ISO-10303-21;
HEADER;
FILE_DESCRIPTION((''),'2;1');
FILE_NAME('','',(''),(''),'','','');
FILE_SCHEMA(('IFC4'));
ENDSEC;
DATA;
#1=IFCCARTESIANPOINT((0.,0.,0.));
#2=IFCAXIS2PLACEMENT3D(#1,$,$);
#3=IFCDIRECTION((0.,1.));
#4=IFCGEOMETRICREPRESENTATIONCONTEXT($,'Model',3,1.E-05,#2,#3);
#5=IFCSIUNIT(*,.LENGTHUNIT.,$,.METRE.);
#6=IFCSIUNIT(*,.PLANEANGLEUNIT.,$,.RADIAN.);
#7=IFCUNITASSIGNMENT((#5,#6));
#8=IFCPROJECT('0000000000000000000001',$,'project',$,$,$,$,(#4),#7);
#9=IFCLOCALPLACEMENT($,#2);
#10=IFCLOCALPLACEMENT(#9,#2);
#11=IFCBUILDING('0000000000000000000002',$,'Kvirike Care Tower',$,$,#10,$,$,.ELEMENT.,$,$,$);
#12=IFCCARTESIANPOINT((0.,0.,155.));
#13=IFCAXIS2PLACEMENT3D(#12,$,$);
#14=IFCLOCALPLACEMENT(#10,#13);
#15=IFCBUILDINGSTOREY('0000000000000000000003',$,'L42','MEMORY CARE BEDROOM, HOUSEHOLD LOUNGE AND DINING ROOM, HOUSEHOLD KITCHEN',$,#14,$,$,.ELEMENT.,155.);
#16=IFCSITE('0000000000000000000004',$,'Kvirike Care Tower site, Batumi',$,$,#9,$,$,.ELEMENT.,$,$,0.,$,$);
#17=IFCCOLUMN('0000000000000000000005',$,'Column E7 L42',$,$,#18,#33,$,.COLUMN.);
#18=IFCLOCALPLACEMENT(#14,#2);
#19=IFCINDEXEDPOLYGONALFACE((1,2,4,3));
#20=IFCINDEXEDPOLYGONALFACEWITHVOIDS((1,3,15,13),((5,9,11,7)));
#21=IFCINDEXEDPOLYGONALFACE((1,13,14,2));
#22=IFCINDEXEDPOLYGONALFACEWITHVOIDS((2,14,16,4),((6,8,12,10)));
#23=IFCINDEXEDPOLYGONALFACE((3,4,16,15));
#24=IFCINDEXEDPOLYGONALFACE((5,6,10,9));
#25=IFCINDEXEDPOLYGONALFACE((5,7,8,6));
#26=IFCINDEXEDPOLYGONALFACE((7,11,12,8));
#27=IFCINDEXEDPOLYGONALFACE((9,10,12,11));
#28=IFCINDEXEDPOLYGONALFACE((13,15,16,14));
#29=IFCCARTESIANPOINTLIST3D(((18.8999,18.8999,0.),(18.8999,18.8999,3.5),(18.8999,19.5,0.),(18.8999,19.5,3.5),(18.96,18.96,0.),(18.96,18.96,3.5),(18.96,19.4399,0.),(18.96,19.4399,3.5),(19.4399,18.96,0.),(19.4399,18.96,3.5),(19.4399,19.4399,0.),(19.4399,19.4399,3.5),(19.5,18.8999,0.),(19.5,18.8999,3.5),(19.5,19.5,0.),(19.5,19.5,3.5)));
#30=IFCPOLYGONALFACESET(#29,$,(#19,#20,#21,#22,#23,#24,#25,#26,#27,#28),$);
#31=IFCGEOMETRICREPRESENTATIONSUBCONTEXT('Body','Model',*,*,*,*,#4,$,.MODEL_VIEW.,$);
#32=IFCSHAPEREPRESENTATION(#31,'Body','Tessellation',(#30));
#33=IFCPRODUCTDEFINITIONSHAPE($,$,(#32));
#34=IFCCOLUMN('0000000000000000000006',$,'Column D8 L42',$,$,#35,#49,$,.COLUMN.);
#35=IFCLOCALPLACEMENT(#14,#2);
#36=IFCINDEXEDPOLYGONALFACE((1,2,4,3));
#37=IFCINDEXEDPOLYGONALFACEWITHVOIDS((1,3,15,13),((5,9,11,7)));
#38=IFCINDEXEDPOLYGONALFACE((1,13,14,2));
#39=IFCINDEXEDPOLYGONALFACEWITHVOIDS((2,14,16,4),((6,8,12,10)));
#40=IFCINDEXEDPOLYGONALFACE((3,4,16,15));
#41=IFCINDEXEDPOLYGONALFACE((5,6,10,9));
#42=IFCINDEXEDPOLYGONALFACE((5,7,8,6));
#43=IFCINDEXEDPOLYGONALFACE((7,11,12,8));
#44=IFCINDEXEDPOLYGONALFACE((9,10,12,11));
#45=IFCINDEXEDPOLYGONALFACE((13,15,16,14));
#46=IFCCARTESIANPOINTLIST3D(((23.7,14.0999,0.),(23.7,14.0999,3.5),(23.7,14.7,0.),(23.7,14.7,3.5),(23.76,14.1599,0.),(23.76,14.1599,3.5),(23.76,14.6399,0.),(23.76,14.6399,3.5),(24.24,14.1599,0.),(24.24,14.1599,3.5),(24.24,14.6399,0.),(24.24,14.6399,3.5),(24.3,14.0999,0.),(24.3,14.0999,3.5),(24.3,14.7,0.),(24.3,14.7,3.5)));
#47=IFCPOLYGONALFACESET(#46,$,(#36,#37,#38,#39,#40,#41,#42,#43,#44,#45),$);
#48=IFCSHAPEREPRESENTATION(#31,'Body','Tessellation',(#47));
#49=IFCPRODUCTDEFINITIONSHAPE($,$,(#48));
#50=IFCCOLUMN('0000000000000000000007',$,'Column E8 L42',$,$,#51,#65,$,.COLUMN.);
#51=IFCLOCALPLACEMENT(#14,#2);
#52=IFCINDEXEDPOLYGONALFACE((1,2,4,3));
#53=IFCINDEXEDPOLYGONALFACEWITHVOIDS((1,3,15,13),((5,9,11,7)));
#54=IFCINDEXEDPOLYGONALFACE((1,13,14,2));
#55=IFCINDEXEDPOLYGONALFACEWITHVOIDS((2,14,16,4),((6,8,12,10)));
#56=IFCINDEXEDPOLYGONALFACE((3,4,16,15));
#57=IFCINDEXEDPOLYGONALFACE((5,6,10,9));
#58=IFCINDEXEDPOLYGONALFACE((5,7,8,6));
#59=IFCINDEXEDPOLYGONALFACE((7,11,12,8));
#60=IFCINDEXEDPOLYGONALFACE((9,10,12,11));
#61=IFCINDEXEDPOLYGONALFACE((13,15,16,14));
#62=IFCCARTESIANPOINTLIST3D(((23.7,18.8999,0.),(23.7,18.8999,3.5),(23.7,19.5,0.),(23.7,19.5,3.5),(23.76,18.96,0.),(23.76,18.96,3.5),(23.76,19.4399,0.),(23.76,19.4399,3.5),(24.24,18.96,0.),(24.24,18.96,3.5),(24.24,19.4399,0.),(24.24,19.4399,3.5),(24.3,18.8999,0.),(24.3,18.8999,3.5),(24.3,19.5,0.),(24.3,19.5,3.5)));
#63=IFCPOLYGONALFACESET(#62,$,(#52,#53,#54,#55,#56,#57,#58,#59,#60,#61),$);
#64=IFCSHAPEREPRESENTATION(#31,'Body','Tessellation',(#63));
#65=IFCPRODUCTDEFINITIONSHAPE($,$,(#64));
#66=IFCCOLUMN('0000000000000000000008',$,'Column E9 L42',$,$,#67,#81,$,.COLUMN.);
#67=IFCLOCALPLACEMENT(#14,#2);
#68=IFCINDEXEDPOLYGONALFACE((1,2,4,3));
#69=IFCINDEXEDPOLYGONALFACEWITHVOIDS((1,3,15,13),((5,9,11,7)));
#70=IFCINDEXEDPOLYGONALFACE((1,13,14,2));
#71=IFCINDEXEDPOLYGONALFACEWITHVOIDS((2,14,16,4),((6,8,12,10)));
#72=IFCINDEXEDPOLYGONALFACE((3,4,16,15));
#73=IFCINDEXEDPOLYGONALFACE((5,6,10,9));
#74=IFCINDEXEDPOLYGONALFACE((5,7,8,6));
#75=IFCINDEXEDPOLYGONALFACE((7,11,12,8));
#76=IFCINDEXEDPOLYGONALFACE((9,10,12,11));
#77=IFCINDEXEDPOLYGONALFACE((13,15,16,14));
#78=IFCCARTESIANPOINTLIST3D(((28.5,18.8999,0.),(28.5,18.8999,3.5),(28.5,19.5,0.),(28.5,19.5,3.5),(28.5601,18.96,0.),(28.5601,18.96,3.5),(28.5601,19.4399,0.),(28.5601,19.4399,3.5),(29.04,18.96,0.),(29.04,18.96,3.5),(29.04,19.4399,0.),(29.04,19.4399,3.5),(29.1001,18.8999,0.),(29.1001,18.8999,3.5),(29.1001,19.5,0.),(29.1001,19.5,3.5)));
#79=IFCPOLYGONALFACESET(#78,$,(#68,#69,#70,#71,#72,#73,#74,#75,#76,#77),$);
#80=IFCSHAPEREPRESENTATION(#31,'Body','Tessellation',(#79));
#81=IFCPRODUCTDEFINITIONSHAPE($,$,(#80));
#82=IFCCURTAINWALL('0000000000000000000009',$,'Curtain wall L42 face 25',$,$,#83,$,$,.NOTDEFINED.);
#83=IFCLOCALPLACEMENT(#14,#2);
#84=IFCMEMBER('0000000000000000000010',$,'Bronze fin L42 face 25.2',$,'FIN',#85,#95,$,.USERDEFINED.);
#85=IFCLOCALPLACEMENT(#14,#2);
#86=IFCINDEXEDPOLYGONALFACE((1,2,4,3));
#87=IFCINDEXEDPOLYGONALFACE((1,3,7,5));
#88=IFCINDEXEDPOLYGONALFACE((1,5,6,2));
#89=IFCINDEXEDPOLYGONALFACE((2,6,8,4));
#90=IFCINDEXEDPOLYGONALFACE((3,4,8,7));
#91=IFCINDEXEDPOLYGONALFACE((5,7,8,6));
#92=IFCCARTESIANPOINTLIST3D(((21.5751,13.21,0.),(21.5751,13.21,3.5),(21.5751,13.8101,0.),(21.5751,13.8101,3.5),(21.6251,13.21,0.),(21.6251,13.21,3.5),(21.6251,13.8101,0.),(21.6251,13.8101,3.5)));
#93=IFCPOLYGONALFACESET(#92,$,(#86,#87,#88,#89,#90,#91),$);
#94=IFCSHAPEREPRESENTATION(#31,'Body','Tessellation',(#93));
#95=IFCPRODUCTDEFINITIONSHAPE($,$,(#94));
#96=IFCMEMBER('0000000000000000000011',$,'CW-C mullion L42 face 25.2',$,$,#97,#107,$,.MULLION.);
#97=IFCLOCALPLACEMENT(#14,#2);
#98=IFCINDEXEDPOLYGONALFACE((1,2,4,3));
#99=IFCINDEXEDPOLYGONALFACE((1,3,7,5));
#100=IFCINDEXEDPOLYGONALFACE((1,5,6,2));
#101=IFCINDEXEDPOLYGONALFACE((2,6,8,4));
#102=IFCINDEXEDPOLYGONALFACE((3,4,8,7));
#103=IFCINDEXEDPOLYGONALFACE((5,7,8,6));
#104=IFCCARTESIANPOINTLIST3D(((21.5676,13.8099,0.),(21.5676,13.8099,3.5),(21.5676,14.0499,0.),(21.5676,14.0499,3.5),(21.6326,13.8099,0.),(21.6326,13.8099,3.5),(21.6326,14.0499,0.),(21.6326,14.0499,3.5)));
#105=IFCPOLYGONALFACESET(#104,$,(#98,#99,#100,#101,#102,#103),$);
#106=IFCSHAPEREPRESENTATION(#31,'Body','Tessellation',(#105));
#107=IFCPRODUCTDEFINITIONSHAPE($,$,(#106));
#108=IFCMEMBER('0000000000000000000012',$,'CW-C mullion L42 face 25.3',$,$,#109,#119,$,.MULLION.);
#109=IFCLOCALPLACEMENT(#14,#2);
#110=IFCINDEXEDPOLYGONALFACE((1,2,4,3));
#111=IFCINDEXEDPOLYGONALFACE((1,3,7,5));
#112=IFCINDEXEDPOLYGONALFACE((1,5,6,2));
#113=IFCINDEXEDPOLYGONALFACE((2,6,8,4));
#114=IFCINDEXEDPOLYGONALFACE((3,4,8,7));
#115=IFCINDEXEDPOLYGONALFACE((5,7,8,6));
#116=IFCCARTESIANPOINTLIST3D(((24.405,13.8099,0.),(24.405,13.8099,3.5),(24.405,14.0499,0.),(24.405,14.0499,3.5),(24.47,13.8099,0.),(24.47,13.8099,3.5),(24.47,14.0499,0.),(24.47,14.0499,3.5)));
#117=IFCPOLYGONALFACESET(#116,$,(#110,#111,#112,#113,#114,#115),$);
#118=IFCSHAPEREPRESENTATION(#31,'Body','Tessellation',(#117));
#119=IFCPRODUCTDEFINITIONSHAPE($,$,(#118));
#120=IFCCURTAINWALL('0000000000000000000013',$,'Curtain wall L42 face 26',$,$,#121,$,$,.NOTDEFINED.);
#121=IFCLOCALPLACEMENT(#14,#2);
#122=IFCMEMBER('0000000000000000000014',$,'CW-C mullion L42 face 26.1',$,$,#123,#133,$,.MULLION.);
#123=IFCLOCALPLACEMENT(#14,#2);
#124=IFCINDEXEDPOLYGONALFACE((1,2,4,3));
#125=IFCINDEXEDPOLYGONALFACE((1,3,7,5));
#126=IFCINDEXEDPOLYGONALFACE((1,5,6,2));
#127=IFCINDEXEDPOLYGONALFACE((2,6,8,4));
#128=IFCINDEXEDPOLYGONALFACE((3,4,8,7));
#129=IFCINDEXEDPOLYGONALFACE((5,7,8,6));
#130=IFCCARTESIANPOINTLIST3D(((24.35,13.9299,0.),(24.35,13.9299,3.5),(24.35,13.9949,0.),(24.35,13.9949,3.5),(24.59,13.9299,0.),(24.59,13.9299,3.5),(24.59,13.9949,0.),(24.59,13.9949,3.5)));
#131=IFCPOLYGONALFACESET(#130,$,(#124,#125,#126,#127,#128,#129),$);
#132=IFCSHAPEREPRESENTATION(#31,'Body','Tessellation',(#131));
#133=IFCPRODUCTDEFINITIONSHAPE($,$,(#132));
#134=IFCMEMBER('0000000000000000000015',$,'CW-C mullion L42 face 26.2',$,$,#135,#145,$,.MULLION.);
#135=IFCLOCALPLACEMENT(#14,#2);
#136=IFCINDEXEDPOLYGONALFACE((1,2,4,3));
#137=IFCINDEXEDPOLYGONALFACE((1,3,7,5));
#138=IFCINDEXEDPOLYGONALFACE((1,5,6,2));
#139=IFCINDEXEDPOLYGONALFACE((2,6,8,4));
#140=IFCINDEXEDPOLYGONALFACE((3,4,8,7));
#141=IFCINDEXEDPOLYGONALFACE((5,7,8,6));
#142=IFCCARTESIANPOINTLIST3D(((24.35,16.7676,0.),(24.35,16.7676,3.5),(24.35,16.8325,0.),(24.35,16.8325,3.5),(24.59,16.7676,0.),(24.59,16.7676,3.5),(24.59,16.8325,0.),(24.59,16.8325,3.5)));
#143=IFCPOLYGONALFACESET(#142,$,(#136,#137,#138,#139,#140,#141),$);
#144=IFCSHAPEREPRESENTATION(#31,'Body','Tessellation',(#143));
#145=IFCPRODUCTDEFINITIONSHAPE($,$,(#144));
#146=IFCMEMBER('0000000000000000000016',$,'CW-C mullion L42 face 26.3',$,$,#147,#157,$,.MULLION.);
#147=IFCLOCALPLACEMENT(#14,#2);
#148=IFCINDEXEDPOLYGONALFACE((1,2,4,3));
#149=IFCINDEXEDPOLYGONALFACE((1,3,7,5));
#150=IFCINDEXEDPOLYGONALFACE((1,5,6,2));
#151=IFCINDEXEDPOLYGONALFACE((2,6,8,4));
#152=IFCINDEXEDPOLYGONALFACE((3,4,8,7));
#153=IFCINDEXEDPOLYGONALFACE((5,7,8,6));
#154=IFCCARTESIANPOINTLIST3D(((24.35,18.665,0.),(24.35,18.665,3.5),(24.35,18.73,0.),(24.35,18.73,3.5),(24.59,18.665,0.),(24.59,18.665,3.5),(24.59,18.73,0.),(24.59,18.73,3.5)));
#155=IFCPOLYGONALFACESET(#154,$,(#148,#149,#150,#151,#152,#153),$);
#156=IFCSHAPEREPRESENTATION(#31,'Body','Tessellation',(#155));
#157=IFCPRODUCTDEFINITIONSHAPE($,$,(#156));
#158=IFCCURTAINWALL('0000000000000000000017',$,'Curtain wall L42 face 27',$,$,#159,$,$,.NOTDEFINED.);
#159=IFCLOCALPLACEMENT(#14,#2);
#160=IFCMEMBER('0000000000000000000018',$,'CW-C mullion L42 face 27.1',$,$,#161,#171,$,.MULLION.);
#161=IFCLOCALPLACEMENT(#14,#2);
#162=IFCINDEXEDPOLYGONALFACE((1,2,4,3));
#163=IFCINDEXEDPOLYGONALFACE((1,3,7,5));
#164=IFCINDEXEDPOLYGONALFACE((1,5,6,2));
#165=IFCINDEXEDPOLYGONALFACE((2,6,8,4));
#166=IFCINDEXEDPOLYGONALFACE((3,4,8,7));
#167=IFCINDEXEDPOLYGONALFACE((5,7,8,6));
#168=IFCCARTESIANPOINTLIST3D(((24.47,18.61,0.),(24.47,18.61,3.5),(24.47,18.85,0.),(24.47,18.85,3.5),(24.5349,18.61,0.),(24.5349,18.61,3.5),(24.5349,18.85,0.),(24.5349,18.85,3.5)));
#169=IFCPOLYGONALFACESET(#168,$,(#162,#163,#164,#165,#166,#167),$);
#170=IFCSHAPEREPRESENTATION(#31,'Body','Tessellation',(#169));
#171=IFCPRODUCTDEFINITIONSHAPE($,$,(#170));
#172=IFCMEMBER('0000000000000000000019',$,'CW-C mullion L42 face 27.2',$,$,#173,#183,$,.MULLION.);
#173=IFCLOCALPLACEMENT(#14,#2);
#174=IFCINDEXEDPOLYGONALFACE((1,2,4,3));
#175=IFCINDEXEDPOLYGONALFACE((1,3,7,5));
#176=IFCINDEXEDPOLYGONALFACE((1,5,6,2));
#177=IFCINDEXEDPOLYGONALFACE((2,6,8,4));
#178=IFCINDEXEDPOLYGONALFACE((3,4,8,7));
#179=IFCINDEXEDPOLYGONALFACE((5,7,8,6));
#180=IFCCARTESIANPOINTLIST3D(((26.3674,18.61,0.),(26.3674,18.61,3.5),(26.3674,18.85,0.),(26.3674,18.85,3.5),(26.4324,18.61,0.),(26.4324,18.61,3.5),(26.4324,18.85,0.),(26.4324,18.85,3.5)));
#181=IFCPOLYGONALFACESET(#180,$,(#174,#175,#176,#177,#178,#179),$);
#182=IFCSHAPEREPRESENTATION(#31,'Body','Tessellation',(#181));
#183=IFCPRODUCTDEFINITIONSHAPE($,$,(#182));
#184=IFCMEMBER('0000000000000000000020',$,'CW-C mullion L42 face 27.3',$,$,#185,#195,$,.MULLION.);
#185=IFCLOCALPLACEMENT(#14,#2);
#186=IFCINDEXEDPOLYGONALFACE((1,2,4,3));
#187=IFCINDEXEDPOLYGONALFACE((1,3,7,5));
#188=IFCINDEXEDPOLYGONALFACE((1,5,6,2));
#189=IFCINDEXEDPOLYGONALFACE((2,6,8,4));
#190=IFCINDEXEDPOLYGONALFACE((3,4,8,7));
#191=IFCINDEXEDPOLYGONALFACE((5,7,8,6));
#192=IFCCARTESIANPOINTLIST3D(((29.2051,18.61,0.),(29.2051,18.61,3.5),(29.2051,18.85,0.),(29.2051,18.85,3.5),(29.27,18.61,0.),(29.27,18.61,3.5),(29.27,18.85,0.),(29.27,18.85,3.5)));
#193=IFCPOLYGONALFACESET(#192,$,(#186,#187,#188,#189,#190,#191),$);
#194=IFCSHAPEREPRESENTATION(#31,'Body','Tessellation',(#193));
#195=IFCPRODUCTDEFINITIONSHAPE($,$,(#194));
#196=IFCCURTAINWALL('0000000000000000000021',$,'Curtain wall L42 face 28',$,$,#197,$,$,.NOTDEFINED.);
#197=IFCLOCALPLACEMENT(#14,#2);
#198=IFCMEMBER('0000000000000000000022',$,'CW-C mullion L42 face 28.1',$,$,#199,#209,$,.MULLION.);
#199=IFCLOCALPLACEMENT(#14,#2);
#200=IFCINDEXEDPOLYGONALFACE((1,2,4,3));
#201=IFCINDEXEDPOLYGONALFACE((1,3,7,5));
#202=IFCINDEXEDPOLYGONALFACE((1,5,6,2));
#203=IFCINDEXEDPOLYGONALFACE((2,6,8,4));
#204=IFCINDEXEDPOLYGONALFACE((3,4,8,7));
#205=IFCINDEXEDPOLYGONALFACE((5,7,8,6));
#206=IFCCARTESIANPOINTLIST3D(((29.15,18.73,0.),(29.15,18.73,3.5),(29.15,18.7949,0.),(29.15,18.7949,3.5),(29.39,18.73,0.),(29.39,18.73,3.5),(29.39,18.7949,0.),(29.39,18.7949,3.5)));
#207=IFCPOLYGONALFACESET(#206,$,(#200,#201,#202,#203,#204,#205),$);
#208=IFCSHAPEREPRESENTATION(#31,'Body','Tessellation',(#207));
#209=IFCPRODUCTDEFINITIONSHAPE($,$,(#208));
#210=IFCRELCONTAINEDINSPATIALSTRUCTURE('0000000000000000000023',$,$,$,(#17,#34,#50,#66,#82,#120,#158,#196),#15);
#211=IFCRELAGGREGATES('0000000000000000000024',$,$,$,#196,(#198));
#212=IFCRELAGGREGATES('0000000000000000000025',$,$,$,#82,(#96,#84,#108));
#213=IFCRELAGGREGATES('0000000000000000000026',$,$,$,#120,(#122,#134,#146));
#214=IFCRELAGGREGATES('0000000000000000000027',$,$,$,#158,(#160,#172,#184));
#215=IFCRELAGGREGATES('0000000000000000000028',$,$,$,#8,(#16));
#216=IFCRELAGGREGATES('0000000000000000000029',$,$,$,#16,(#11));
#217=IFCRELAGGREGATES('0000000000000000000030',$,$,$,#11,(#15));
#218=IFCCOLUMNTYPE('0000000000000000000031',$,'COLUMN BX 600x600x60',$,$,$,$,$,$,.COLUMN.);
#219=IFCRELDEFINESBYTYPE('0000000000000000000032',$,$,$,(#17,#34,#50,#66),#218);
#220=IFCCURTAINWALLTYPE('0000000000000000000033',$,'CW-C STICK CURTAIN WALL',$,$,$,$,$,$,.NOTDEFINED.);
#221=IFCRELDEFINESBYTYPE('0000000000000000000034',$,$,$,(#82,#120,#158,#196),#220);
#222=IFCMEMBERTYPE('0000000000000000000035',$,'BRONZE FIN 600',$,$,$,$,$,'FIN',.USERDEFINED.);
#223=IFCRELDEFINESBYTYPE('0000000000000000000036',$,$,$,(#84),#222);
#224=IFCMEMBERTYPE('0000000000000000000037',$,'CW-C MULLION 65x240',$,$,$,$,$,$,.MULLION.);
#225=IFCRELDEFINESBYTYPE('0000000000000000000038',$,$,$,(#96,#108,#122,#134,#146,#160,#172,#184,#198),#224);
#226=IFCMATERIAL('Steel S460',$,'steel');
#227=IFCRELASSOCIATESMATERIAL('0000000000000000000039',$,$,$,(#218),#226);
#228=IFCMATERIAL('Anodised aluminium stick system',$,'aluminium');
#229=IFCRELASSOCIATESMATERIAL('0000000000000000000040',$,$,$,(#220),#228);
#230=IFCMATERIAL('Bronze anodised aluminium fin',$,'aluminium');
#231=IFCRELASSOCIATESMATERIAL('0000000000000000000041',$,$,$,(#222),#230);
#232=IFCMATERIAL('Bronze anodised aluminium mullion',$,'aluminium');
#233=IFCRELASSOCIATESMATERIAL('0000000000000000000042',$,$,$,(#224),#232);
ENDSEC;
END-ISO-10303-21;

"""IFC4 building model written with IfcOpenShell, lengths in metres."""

from ifc_helpers import new_model, si_unit, direction, frame, origin, origin_2d, place, context, subcontext, project, spatial, rectangle, hollow_rectangle, extrude, material, material_profile, profile_set, type_object, element, aggregate, save


model = new_model("IFC4")

# Units and contexts
model_context = context("Model", 3, precision=1e-05, world=origin(), true_north=direction((0.0, 1.0)))
body_context = subcontext(model_context, "Body", "Model", "MODEL_VIEW")
ifc_project = project(units=[si_unit("LENGTHUNIT", "METRE"), si_unit("PLANEANGLEUNIT", "RADIAN")], contexts=[model_context])

# Site, building, storey
site_placement = place(None, origin())
site = spatial("IfcSite", under=ifc_project, at=site_placement, Name="Kvirike Care Tower site, Batumi", CompositionType="ELEMENT", RefElevation=0.0)
building_placement = place(site_placement, origin())
building = spatial("IfcBuilding", under=site, at=building_placement, Name="Kvirike Care Tower", CompositionType="ELEMENT")
storey_placement = place(building_placement, frame((0.0, 0.0, 155.0)))
storey = spatial("IfcBuildingStorey", under=building, at=storey_placement, Name="L42", Description="MEMORY CARE BEDROOM, HOUSEHOLD LOUNGE AND DINING ROOM, HOUSEHOLD KITCHEN", CompositionType="ELEMENT", Elevation=155.0)

# Columns
ifc_material_1 = material(Name="Steel S460", Category="steel")
ifc_material_profile_1 = material_profile(ifc_material_1, hollow_rectangle(XDim=0.6001, YDim=0.6001, WallThickness=0.0601, at=origin_2d()), Name="BX 600x600x60")
ifc_profile_set_1 = profile_set([ifc_material_profile_1], Name="Steel S460")
column_type = type_object("IfcColumnType", Name="COLUMN BX 600x600x60", PredefinedType="COLUMN", material=ifc_profile_set_1)
for number, where, z_axis, x_axis, name in (
    (1, (19.2, 19.2, 0.0), (0.0, 0.0, 1.0), (0.0, 1.0, 0.0), "Column E7 L42"),
    (2, (24.0, 14.3999, 0.0), (0.0, 0.0, 1.0), (0.0, 1.0, 0.0), "Column D8 L42"),
    (3, (24.0, 19.2, 0.0), (0.0, 0.0, 1.0), (0.0, 1.0, 0.0), "Column E8 L42"),
    (4, (28.8, 19.2, 0.0), (0.0, 0.0, 1.0), (0.0, 1.0, 0.0), "Column E9 L42"),
):
    element("IfcColumn", number, at=place(storey_placement, frame(where, z_axis=z_axis, x_axis=x_axis)), inside=storey, type_object=column_type, Name=name, PredefinedType="COLUMN", context=body_context, shape_type="SweptSolid", body=[
        extrude(hollow_rectangle(XDim=0.6001, YDim=0.6001, WallThickness=0.0601, at=origin_2d()), origin(), (0.0, 0.0, 1.0), 3.5),
    ])

# Curtain walls, members
ifc_material_2 = material(Name="Anodised aluminium stick system", Category="aluminium")
curtain_wall_type = type_object("IfcCurtainWallType", Name="CW-C STICK CURTAIN WALL", PredefinedType="NOTDEFINED", material=ifc_material_2)
curtain_wall_1_placement = place(storey_placement, origin())
curtain_wall_1 = element("IfcCurtainWall", 5, at=curtain_wall_1_placement, inside=storey, type_object=curtain_wall_type, Name="Curtain wall L42 face 25", PredefinedType="NOTDEFINED")
ifc_material_3 = material(Name="Bronze anodised aluminium fin", Category="aluminium")
ifc_material_profile_2 = material_profile(ifc_material_3, rectangle(XDim=0.05, YDim=0.6001, at=origin_2d()), Name="BRONZE FIN 600")
ifc_profile_set_2 = profile_set([ifc_material_profile_2], Name="Bronze anodised aluminium fin")
member_type_1 = type_object("IfcMemberType", Name="BRONZE FIN 600", ElementType="FIN", PredefinedType="USERDEFINED", material=ifc_profile_set_2)
member_1_placement = place(storey_placement, frame((21.6001, 13.51, 0.0), z_axis=(0.0, 0.0, 1.0), x_axis=(1.0, 0.0, 0.0)))
member_1 = element("IfcMember", 6, at=member_1_placement, type_object=member_type_1, Name="Bronze fin L42 face 25.2", ObjectType="FIN", PredefinedType="USERDEFINED", context=body_context, shape_type="SweptSolid", body=[
    extrude(rectangle(XDim=0.05, YDim=0.6001, at=origin_2d()), origin(), (0.0, 0.0, 1.0), 3.5),
])
ifc_material_4 = material(Name="Bronze anodised aluminium mullion", Category="aluminium")
ifc_material_profile_3 = material_profile(ifc_material_4, rectangle(XDim=0.0649, YDim=0.24, at=origin_2d()), Name="CW-C MULLION 65x240")
ifc_profile_set_3 = profile_set([ifc_material_profile_3], Name="Bronze anodised aluminium mullion")
member_type_2 = type_object("IfcMemberType", Name="CW-C MULLION 65x240", PredefinedType="MULLION", material=ifc_profile_set_3)
member_2_placement = place(storey_placement, frame((21.6001, 13.9299, 0.0), z_axis=(0.0, 0.0, 1.0), x_axis=(1.0, 0.0, 0.0)))
member_2 = element("IfcMember", 7, at=member_2_placement, type_object=member_type_2, Name="CW-C mullion L42 face 25.2", PredefinedType="MULLION", context=body_context, shape_type="SweptSolid", body=[
    extrude(rectangle(XDim=0.0649, YDim=0.24, at=origin_2d()), origin(), (0.0, 0.0, 1.0), 3.5),
])
member_3_placement = place(storey_placement, frame((24.4375, 13.9299, 0.0), z_axis=(0.0, 0.0, 1.0), x_axis=(1.0, 0.0, 0.0)))
member_3 = element("IfcMember", 8, at=member_3_placement, type_object=member_type_2, Name="CW-C mullion L42 face 25.3", PredefinedType="MULLION", context=body_context, shape_type="SweptSolid", body=[
    extrude(rectangle(XDim=0.0649, YDim=0.24, at=origin_2d()), origin(), (0.0, 0.0, 1.0), 3.5),
])
curtain_wall_2_placement = place(storey_placement, origin())
curtain_wall_2 = element("IfcCurtainWall", 9, at=curtain_wall_2_placement, inside=storey, type_object=curtain_wall_type, Name="Curtain wall L42 face 26", PredefinedType="NOTDEFINED")
member_4_placement = place(storey_placement, frame((24.47, 13.9624, 0.0), z_axis=(0.0, 0.0, 1.0), x_axis=(0.0, 1.0, 0.0)))
member_4 = element("IfcMember", 10, at=member_4_placement, type_object=member_type_2, Name="CW-C mullion L42 face 26.1", PredefinedType="MULLION", context=body_context, shape_type="SweptSolid", body=[
    extrude(rectangle(XDim=0.0649, YDim=0.24, at=origin_2d()), origin(), (0.0, 0.0, 1.0), 3.5),
])
member_5_placement = place(storey_placement, frame((24.47, 16.8, 0.0), z_axis=(0.0, 0.0, 1.0), x_axis=(0.0, 1.0, 0.0)))
member_5 = element("IfcMember", 11, at=member_5_placement, type_object=member_type_2, Name="CW-C mullion L42 face 26.2", PredefinedType="MULLION", context=body_context, shape_type="SweptSolid", body=[
    extrude(rectangle(XDim=0.0649, YDim=0.24, at=origin_2d()), origin(), (0.0, 0.0, 1.0), 3.5),
])
member_6_placement = place(storey_placement, frame((24.47, 18.6975, 0.0), z_axis=(0.0, 0.0, 1.0), x_axis=(0.0, 1.0, 0.0)))
member_6 = element("IfcMember", 12, at=member_6_placement, type_object=member_type_2, Name="CW-C mullion L42 face 26.3", PredefinedType="MULLION", context=body_context, shape_type="SweptSolid", body=[
    extrude(rectangle(XDim=0.0649, YDim=0.24, at=origin_2d()), origin(), (0.0, 0.0, 1.0), 3.5),
])
curtain_wall_3_placement = place(storey_placement, origin())
curtain_wall_3 = element("IfcCurtainWall", 13, at=curtain_wall_3_placement, inside=storey, type_object=curtain_wall_type, Name="Curtain wall L42 face 27", PredefinedType="NOTDEFINED")
member_7_placement = place(storey_placement, frame((24.5024, 18.73, 0.0), z_axis=(0.0, 0.0, 1.0), x_axis=(1.0, 0.0, 0.0)))
member_7 = element("IfcMember", 14, at=member_7_placement, type_object=member_type_2, Name="CW-C mullion L42 face 27.1", PredefinedType="MULLION", context=body_context, shape_type="SweptSolid", body=[
    extrude(rectangle(XDim=0.0649, YDim=0.24, at=origin_2d()), origin(), (0.0, 0.0, 1.0), 3.5),
])
member_8_placement = place(storey_placement, frame((26.3999, 18.73, 0.0), z_axis=(0.0, 0.0, 1.0), x_axis=(1.0, 0.0, 0.0)))
member_8 = element("IfcMember", 15, at=member_8_placement, type_object=member_type_2, Name="CW-C mullion L42 face 27.2", PredefinedType="MULLION", context=body_context, shape_type="SweptSolid", body=[
    extrude(rectangle(XDim=0.0649, YDim=0.24, at=origin_2d()), origin(), (0.0, 0.0, 1.0), 3.5),
])
member_9_placement = place(storey_placement, frame((29.2375, 18.73, 0.0), z_axis=(0.0, 0.0, 1.0), x_axis=(1.0, 0.0, 0.0)))
member_9 = element("IfcMember", 16, at=member_9_placement, type_object=member_type_2, Name="CW-C mullion L42 face 27.3", PredefinedType="MULLION", context=body_context, shape_type="SweptSolid", body=[
    extrude(rectangle(XDim=0.0649, YDim=0.24, at=origin_2d()), origin(), (0.0, 0.0, 1.0), 3.5),
])

# Curtain wall, member
curtain_wall_4_placement = place(storey_placement, origin())
curtain_wall_4 = element("IfcCurtainWall", 17, at=curtain_wall_4_placement, inside=storey, type_object=curtain_wall_type, Name="Curtain wall L42 face 28", PredefinedType="NOTDEFINED")
member_10_placement = place(storey_placement, frame((29.27, 18.7625, 0.0), z_axis=(0.0, 0.0, 1.0), x_axis=(0.0, 1.0, 0.0)))
member_10 = element("IfcMember", 18, at=member_10_placement, type_object=member_type_2, Name="CW-C mullion L42 face 28.1", PredefinedType="MULLION", context=body_context, shape_type="SweptSolid", body=[
    extrude(rectangle(XDim=0.0649, YDim=0.24, at=origin_2d()), origin(), (0.0, 0.0, 1.0), 3.5),
])

aggregate(curtain_wall_4, [member_10])

aggregate(curtain_wall_1, [member_2, member_1, member_3])
aggregate(curtain_wall_2, [member_4, member_5, member_6])
aggregate(curtain_wall_3, [member_7, member_8, member_9])

save(model, "model.ifc")
